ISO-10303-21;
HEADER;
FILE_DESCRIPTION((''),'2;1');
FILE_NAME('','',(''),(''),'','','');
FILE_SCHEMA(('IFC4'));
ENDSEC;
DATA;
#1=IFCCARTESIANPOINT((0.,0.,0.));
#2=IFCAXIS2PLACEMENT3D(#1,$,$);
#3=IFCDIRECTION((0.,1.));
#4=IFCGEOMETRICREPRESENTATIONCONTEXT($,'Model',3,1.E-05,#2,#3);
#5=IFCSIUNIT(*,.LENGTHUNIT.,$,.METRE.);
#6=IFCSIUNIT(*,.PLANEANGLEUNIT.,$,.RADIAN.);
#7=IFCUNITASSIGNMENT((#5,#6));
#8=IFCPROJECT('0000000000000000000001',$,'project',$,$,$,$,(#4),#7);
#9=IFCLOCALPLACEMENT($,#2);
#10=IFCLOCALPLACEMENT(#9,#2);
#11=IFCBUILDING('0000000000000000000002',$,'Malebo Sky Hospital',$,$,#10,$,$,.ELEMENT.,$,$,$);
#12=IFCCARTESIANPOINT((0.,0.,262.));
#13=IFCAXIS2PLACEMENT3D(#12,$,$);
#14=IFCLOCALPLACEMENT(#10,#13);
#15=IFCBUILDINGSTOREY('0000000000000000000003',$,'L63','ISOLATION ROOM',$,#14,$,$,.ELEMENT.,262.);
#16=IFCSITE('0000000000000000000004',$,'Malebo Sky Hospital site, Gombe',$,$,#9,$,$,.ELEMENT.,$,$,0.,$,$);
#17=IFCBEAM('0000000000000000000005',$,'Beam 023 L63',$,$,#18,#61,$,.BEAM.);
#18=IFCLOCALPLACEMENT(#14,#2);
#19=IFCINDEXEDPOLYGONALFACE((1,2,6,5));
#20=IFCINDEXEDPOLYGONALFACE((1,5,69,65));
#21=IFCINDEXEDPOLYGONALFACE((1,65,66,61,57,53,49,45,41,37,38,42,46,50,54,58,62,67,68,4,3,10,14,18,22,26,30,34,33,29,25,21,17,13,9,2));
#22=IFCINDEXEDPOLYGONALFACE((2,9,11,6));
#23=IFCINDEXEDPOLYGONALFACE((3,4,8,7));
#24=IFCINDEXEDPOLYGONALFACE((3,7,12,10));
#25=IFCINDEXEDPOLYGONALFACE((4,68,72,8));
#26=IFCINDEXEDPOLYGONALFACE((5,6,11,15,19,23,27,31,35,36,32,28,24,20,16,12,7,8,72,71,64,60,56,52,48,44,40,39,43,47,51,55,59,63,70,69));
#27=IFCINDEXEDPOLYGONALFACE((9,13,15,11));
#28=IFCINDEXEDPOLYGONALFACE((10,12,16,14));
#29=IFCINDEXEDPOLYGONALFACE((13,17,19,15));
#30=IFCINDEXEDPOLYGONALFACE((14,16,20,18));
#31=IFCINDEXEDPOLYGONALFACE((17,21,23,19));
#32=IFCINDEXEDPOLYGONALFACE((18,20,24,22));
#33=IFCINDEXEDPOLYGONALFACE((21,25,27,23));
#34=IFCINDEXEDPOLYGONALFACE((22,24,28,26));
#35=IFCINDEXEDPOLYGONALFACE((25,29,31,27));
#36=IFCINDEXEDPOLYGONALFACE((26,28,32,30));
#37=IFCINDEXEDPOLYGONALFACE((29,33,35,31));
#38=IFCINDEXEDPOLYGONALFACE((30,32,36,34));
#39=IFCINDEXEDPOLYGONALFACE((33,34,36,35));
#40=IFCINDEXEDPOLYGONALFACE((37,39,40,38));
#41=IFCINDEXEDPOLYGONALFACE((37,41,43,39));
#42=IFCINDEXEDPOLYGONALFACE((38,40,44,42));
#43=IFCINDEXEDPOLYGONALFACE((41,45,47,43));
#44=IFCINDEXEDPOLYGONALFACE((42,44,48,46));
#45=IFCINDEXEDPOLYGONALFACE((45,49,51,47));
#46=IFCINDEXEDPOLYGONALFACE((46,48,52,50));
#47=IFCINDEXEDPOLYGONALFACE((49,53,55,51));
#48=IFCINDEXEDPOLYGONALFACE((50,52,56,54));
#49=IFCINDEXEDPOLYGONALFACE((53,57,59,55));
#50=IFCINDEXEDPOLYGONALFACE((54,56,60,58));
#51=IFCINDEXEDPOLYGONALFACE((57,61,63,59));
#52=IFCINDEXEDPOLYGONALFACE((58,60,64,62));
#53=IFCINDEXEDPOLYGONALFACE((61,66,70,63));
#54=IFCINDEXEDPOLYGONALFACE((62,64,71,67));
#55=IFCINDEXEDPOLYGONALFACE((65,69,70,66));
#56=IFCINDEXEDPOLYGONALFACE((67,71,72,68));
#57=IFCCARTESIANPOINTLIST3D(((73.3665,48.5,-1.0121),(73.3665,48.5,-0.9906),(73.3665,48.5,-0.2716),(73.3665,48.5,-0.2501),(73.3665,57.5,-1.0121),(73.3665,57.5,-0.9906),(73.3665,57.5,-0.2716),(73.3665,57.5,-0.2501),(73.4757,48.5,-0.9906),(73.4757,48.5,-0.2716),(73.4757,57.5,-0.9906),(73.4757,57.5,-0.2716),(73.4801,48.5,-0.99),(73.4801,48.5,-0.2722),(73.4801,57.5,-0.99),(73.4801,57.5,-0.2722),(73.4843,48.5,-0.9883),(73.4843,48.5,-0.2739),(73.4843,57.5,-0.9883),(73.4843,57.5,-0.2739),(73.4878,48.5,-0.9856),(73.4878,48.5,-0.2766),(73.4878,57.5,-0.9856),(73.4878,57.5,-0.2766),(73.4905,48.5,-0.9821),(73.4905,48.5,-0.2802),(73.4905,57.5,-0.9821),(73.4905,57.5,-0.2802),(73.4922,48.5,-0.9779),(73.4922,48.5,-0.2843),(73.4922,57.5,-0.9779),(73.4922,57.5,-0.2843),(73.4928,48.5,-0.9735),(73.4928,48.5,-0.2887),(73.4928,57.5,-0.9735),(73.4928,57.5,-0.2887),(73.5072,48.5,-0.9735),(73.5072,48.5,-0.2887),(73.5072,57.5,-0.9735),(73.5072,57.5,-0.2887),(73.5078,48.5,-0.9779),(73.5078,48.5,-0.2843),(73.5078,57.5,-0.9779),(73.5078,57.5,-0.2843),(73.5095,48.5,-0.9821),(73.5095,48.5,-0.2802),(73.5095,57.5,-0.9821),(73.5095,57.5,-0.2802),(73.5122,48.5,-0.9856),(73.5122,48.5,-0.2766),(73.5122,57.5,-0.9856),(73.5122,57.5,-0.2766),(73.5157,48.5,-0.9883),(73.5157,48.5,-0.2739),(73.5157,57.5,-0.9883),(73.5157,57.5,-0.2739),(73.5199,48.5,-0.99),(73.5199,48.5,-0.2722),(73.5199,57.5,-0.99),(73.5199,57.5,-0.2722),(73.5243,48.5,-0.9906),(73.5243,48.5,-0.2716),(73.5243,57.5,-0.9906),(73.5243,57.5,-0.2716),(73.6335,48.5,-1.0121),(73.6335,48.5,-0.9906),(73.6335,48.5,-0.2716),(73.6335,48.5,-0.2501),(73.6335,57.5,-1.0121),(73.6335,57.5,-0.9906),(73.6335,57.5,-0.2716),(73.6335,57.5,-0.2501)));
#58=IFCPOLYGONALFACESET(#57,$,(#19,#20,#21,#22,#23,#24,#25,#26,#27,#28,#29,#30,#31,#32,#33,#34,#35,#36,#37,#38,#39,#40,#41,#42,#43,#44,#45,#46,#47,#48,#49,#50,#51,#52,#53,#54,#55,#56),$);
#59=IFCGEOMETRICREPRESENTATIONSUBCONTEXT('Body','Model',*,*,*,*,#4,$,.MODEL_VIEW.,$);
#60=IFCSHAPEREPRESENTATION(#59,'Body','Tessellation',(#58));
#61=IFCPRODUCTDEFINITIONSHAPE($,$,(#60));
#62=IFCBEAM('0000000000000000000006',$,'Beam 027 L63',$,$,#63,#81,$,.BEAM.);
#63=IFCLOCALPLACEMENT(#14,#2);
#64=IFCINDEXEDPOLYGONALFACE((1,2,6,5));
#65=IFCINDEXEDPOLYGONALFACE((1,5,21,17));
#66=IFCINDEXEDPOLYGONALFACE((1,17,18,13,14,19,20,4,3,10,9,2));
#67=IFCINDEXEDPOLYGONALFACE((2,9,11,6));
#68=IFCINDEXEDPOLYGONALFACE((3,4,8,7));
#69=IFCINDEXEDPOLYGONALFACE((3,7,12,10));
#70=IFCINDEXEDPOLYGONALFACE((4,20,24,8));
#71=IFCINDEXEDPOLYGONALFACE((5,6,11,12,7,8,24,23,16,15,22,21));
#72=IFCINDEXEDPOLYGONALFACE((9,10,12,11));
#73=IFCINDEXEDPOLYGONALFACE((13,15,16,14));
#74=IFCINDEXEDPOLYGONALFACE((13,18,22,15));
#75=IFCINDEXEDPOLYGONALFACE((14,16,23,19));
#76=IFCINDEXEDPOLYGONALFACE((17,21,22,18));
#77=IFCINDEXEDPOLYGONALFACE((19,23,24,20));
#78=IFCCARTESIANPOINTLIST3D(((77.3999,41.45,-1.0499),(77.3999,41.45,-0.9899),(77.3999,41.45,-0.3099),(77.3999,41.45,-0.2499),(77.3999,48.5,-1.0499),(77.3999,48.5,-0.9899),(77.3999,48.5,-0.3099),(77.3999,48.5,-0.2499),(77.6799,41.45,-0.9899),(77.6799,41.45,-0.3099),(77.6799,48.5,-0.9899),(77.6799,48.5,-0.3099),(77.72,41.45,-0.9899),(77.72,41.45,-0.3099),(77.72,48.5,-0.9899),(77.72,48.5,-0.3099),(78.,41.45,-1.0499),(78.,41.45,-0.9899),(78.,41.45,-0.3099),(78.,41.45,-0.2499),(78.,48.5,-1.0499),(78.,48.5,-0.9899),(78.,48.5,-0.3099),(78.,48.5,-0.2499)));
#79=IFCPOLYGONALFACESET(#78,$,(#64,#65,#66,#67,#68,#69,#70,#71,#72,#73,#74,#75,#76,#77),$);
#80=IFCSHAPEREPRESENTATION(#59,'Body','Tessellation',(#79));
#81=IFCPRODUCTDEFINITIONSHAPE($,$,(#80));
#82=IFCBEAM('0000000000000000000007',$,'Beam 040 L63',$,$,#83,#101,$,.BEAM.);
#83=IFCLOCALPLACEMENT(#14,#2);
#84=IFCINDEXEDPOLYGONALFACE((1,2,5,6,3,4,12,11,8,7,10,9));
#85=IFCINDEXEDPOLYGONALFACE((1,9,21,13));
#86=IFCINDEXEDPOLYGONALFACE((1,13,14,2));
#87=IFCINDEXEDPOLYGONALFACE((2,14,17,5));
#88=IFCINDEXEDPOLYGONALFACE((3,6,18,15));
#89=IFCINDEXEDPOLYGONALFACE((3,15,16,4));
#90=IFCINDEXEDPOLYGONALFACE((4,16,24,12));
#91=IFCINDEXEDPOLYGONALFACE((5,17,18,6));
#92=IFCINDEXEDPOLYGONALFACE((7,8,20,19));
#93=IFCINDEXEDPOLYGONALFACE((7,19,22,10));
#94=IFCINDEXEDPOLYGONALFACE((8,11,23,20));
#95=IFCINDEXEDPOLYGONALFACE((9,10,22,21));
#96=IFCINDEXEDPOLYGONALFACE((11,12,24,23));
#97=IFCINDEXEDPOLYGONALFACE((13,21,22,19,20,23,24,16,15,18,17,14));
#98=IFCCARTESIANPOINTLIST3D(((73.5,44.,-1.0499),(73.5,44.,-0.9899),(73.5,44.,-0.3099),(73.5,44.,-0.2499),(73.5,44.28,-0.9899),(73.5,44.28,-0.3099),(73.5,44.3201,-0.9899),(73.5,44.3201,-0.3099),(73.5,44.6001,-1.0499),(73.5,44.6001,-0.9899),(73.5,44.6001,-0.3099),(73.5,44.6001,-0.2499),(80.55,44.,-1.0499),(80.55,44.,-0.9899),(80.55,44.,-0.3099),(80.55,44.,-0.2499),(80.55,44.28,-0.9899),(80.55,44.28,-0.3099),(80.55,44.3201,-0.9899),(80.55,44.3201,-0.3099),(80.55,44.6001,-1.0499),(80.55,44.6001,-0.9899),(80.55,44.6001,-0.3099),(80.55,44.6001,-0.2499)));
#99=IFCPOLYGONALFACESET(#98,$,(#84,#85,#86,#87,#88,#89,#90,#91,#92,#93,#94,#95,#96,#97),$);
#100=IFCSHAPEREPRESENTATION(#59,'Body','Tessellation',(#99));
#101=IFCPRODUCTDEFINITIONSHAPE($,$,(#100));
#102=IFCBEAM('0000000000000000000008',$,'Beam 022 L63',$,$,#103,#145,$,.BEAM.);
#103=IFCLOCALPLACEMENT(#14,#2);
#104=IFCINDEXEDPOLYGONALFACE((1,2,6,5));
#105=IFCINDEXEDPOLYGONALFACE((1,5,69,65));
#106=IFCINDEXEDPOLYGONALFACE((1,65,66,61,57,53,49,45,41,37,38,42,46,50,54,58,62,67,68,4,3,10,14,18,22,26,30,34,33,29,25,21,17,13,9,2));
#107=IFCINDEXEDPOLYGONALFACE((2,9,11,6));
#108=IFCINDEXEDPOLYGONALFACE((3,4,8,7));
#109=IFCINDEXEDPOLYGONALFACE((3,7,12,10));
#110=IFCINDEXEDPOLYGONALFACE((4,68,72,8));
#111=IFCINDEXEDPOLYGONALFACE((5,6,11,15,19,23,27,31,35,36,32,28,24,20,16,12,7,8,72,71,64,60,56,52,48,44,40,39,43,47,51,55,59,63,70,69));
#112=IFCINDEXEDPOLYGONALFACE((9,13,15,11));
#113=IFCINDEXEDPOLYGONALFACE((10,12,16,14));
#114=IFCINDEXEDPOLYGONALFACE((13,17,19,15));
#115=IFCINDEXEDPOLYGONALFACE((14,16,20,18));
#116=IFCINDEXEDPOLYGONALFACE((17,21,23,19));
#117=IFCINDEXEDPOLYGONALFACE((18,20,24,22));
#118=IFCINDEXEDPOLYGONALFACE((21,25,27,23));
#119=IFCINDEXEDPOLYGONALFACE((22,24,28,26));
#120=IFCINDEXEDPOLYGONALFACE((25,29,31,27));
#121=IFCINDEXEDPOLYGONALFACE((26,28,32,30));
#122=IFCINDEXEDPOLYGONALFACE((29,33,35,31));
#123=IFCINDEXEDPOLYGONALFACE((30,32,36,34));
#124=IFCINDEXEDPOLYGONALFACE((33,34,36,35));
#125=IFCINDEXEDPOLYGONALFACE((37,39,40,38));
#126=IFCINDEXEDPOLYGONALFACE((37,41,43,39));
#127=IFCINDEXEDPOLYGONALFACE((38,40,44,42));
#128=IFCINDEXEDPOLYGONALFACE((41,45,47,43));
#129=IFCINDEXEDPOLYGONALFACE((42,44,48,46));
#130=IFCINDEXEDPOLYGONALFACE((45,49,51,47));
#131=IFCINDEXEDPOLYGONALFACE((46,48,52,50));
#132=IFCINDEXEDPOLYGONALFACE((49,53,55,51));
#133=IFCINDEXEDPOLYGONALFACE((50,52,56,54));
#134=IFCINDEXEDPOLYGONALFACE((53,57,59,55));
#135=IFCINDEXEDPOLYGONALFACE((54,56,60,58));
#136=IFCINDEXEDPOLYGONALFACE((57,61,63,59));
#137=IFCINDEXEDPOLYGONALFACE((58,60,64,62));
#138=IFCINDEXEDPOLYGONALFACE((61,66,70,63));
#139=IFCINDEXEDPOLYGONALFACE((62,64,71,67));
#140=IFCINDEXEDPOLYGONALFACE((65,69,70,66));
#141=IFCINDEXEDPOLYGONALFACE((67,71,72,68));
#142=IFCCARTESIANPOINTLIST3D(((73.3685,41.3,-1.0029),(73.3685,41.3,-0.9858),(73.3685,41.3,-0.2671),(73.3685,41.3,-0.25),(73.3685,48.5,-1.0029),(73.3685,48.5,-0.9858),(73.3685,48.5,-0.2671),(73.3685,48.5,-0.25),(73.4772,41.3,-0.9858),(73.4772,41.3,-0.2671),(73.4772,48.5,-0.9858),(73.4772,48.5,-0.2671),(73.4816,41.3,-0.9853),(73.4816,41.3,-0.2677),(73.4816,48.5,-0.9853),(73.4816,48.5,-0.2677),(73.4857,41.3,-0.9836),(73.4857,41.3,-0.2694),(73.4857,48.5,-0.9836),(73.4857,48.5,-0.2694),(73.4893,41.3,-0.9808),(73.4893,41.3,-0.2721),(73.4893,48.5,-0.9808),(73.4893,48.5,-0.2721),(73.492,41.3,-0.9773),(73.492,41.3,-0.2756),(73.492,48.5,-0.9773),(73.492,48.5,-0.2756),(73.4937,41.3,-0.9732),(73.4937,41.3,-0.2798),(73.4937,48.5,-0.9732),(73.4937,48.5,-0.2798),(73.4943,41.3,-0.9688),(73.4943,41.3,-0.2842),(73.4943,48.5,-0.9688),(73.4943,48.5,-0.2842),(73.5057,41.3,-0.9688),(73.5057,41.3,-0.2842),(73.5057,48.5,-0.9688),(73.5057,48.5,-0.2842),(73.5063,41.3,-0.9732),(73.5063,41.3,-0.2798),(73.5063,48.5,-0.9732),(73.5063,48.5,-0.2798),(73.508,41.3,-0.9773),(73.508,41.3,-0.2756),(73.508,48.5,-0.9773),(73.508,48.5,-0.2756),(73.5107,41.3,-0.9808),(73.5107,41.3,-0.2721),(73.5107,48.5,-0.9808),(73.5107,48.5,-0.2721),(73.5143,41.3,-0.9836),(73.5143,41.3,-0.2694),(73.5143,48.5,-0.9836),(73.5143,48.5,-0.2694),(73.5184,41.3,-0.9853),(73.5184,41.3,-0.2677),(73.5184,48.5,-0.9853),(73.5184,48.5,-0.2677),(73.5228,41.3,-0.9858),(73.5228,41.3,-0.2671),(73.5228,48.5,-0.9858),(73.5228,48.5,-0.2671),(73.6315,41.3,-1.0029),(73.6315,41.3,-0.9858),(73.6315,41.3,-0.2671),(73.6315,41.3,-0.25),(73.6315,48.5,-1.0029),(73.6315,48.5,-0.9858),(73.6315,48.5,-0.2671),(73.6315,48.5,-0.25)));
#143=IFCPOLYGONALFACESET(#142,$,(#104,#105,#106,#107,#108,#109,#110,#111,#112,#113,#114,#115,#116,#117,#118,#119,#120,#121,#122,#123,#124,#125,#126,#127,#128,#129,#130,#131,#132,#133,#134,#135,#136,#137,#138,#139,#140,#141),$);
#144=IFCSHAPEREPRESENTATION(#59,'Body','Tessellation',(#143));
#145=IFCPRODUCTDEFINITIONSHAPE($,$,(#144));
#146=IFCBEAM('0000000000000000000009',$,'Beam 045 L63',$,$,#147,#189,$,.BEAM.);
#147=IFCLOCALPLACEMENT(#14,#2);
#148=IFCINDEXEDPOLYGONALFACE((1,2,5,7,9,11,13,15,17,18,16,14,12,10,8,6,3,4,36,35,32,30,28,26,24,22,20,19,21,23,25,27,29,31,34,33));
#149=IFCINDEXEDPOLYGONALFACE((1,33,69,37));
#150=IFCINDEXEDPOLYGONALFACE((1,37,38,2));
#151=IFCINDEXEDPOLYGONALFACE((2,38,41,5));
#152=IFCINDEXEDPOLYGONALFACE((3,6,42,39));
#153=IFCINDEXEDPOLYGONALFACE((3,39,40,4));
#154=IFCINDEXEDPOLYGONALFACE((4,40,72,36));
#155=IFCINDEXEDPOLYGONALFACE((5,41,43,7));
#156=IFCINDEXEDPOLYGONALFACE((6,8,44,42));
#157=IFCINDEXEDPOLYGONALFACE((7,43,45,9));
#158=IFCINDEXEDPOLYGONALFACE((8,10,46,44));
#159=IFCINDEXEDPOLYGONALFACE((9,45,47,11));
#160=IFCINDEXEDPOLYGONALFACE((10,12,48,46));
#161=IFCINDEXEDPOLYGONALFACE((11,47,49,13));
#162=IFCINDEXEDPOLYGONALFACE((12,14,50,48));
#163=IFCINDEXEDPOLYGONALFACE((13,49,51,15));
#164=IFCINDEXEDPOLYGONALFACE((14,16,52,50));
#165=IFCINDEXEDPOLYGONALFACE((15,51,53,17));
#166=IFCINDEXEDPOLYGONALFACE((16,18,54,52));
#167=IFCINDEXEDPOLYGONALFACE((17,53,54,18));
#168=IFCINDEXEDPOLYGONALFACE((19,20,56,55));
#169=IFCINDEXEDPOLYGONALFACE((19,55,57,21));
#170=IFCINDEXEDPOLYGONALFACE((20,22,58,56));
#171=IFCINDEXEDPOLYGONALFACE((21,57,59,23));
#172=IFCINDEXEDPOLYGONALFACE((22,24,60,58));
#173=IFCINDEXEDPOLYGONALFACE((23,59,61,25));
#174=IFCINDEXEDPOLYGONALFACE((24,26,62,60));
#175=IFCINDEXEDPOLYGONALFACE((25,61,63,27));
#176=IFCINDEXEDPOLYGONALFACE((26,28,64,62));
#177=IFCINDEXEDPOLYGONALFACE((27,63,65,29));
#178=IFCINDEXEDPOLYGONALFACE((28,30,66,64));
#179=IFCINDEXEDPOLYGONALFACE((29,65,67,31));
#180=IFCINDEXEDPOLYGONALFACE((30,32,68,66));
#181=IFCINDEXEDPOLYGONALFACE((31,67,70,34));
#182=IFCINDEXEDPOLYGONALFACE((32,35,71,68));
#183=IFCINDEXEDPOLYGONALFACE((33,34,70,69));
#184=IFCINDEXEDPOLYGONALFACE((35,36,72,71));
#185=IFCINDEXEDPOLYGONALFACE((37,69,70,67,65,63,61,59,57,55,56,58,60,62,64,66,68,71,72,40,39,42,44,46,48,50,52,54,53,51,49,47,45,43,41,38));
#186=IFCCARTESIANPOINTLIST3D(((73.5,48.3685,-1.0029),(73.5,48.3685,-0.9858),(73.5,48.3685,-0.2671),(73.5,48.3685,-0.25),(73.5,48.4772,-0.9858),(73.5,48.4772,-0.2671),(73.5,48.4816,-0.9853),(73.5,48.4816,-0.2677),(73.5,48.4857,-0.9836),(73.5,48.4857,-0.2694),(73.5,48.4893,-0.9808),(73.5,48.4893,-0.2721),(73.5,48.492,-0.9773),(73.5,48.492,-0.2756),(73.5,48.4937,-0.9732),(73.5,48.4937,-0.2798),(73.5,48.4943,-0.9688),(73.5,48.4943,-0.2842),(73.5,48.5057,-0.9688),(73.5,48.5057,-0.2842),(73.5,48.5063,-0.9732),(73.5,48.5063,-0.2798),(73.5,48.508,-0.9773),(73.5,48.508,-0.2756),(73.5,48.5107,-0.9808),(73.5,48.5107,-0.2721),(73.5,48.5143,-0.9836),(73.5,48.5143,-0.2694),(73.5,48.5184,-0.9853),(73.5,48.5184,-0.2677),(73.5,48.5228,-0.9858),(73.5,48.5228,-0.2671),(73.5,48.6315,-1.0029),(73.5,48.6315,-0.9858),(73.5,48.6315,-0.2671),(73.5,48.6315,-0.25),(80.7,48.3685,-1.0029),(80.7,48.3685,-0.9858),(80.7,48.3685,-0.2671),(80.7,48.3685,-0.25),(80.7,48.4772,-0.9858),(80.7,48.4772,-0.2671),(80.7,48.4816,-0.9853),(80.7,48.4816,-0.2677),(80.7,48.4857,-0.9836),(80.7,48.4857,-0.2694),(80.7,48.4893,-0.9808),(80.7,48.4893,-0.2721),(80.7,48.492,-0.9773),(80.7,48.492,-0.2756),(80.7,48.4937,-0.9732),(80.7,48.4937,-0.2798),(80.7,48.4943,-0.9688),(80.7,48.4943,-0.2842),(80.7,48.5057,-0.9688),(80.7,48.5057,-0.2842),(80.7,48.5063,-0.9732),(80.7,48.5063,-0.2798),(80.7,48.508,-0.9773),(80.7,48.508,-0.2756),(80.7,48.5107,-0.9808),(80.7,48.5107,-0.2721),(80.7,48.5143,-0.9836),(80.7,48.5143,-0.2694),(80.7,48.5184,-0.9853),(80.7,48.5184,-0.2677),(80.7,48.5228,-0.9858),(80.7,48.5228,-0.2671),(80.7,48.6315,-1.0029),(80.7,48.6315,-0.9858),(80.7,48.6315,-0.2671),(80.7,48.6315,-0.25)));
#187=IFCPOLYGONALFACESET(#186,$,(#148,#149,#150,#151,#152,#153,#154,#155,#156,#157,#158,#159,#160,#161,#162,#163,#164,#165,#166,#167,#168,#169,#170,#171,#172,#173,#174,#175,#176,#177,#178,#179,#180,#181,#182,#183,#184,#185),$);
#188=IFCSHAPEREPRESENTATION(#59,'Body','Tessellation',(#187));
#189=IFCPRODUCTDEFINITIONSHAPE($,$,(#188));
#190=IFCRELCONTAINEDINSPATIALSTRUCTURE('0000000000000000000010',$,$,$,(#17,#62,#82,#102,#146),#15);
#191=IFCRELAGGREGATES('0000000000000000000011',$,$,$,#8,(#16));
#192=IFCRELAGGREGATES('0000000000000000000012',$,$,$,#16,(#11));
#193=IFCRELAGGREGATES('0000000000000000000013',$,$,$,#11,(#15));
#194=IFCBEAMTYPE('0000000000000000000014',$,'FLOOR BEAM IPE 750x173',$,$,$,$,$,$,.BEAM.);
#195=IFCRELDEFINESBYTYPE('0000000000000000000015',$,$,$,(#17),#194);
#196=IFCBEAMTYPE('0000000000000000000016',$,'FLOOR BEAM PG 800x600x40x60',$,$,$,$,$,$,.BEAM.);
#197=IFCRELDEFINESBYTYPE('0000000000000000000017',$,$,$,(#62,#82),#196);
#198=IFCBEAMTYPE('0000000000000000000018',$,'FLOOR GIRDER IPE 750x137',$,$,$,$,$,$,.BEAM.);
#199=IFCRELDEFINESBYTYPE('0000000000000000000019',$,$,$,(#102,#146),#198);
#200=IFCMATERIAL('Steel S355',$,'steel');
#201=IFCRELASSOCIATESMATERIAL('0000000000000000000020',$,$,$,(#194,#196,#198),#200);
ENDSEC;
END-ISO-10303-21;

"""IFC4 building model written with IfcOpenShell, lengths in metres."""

from ifc_helpers import new_model, si_unit, direction, frame, origin, origin_2d, place, context, subcontext, project, spatial, i_section, extrude, material, material_profile, profile_set, type_object, element, save


model = new_model("IFC4")

# Units and contexts
model_context = context("Model", 3, precision=1e-05, world=origin(), true_north=direction((0.0, 1.0)))
body_context = subcontext(model_context, "Body", "Model", "MODEL_VIEW")
ifc_project = project(units=[si_unit("LENGTHUNIT", "METRE"), si_unit("PLANEANGLEUNIT", "RADIAN")], contexts=[model_context])

# Site, building, storey
site_placement = place(None, origin())
site = spatial("IfcSite", under=ifc_project, at=site_placement, Name="Malebo Sky Hospital site, Gombe", CompositionType="ELEMENT", RefElevation=0.0)
building_placement = place(site_placement, origin())
building = spatial("IfcBuilding", under=site, at=building_placement, Name="Malebo Sky Hospital", CompositionType="ELEMENT")
storey_placement = place(building_placement, frame((0.0, 0.0, 262.0)))
storey = spatial("IfcBuildingStorey", under=building, at=storey_placement, Name="L63", Description="ISOLATION ROOM", CompositionType="ELEMENT", Elevation=262.0)

# Beams
ifc_material_1 = material(Name="Steel S355", Category="steel")
ifc_material_profile_1 = material_profile(ifc_material_1, i_section(OverallWidth=0.2671, OverallDepth=0.762, WebThickness=0.0144, FlangeThickness=0.0215, FilletRadius=0.0171, at=origin_2d()), Name="IPE 750x173")
ifc_profile_set_1 = profile_set([ifc_material_profile_1], Name="Steel S355")
beam_type_1 = type_object("IfcBeamType", Name="FLOOR BEAM IPE 750x173", PredefinedType="BEAM", material=ifc_profile_set_1)
beam_1_placement = place(storey_placement, frame((73.5, 48.5, -0.6311), z_axis=(0.0, 1.0, 0.0), x_axis=(-1.0, 0.0, 0.0)))
element("IfcBeam", 1, at=beam_1_placement, inside=storey, type_object=beam_type_1, Name="Beam 023 L63", PredefinedType="BEAM", context=body_context, shape_type="SweptSolid", body=[
    extrude(i_section(OverallWidth=0.2671, OverallDepth=0.762, WebThickness=0.0144, FlangeThickness=0.0215, FilletRadius=0.0171, at=origin_2d()), origin(), (0.0, 0.0, 1.0), 9.0),
])
ifc_material_profile_2 = material_profile(ifc_material_1, i_section(OverallWidth=0.6001, OverallDepth=0.8, WebThickness=0.04, FlangeThickness=0.0601, at=origin_2d()), Name="PG 800x600x40x60")
ifc_profile_set_2 = profile_set([ifc_material_profile_2], Name="Steel S355")
beam_type_2 = type_object("IfcBeamType", Name="FLOOR BEAM PG 800x600x40x60", PredefinedType="BEAM", material=ifc_profile_set_2)
for number, where, z_axis, x_axis, name in (
    (2, (77.7, 41.45, -0.6499), (0.0, 1.0, 0.0), (-1.0, 0.0, 0.0), "Beam 027 L63"),
    (3, (73.5, 44.3, -0.6499), (1.0, 0.0, 0.0), (0.0, 1.0, 0.0), "Beam 040 L63"),
):
    element("IfcBeam", number, at=place(storey_placement, frame(where, z_axis=z_axis, x_axis=x_axis)), inside=storey, type_object=beam_type_2, Name=name, PredefinedType="BEAM", context=body_context, shape_type="SweptSolid", body=[
        extrude(i_section(OverallWidth=0.6001, OverallDepth=0.8, WebThickness=0.04, FlangeThickness=0.0601, at=origin_2d()), origin(), (0.0, 0.0, 1.0), 7.05),
    ])
ifc_material_profile_3 = material_profile(ifc_material_1, i_section(OverallWidth=0.2629, OverallDepth=0.7529, WebThickness=0.0115, FlangeThickness=0.0171, FilletRadius=0.0171, at=origin_2d()), Name="IPE 750x137")
ifc_profile_set_3 = profile_set([ifc_material_profile_3], Name="Steel S355")
beam_type_3 = type_object("IfcBeamType", Name="FLOOR GIRDER IPE 750x137", PredefinedType="BEAM", material=ifc_profile_set_3)
for number, where, z_axis, x_axis, name in (
    (4, (73.5, 41.3, -0.6265), (0.0, 1.0, 0.0), (-1.0, 0.0, 0.0), "Beam 022 L63"),
    (5, (73.5, 48.5, -0.6265), (1.0, 0.0, 0.0), (0.0, 1.0, 0.0), "Beam 045 L63"),
):
    element("IfcBeam", number, at=place(storey_placement, frame(where, z_axis=z_axis, x_axis=x_axis)), inside=storey, type_object=beam_type_3, Name=name, PredefinedType="BEAM", context=body_context, shape_type="SweptSolid", body=[
        extrude(i_section(OverallWidth=0.2629, OverallDepth=0.7529, WebThickness=0.0115, FlangeThickness=0.0171, FilletRadius=0.0171, at=origin_2d()), origin(), (0.0, 0.0, 1.0), 7.2),
    ])

save(model, "model.ifc")
